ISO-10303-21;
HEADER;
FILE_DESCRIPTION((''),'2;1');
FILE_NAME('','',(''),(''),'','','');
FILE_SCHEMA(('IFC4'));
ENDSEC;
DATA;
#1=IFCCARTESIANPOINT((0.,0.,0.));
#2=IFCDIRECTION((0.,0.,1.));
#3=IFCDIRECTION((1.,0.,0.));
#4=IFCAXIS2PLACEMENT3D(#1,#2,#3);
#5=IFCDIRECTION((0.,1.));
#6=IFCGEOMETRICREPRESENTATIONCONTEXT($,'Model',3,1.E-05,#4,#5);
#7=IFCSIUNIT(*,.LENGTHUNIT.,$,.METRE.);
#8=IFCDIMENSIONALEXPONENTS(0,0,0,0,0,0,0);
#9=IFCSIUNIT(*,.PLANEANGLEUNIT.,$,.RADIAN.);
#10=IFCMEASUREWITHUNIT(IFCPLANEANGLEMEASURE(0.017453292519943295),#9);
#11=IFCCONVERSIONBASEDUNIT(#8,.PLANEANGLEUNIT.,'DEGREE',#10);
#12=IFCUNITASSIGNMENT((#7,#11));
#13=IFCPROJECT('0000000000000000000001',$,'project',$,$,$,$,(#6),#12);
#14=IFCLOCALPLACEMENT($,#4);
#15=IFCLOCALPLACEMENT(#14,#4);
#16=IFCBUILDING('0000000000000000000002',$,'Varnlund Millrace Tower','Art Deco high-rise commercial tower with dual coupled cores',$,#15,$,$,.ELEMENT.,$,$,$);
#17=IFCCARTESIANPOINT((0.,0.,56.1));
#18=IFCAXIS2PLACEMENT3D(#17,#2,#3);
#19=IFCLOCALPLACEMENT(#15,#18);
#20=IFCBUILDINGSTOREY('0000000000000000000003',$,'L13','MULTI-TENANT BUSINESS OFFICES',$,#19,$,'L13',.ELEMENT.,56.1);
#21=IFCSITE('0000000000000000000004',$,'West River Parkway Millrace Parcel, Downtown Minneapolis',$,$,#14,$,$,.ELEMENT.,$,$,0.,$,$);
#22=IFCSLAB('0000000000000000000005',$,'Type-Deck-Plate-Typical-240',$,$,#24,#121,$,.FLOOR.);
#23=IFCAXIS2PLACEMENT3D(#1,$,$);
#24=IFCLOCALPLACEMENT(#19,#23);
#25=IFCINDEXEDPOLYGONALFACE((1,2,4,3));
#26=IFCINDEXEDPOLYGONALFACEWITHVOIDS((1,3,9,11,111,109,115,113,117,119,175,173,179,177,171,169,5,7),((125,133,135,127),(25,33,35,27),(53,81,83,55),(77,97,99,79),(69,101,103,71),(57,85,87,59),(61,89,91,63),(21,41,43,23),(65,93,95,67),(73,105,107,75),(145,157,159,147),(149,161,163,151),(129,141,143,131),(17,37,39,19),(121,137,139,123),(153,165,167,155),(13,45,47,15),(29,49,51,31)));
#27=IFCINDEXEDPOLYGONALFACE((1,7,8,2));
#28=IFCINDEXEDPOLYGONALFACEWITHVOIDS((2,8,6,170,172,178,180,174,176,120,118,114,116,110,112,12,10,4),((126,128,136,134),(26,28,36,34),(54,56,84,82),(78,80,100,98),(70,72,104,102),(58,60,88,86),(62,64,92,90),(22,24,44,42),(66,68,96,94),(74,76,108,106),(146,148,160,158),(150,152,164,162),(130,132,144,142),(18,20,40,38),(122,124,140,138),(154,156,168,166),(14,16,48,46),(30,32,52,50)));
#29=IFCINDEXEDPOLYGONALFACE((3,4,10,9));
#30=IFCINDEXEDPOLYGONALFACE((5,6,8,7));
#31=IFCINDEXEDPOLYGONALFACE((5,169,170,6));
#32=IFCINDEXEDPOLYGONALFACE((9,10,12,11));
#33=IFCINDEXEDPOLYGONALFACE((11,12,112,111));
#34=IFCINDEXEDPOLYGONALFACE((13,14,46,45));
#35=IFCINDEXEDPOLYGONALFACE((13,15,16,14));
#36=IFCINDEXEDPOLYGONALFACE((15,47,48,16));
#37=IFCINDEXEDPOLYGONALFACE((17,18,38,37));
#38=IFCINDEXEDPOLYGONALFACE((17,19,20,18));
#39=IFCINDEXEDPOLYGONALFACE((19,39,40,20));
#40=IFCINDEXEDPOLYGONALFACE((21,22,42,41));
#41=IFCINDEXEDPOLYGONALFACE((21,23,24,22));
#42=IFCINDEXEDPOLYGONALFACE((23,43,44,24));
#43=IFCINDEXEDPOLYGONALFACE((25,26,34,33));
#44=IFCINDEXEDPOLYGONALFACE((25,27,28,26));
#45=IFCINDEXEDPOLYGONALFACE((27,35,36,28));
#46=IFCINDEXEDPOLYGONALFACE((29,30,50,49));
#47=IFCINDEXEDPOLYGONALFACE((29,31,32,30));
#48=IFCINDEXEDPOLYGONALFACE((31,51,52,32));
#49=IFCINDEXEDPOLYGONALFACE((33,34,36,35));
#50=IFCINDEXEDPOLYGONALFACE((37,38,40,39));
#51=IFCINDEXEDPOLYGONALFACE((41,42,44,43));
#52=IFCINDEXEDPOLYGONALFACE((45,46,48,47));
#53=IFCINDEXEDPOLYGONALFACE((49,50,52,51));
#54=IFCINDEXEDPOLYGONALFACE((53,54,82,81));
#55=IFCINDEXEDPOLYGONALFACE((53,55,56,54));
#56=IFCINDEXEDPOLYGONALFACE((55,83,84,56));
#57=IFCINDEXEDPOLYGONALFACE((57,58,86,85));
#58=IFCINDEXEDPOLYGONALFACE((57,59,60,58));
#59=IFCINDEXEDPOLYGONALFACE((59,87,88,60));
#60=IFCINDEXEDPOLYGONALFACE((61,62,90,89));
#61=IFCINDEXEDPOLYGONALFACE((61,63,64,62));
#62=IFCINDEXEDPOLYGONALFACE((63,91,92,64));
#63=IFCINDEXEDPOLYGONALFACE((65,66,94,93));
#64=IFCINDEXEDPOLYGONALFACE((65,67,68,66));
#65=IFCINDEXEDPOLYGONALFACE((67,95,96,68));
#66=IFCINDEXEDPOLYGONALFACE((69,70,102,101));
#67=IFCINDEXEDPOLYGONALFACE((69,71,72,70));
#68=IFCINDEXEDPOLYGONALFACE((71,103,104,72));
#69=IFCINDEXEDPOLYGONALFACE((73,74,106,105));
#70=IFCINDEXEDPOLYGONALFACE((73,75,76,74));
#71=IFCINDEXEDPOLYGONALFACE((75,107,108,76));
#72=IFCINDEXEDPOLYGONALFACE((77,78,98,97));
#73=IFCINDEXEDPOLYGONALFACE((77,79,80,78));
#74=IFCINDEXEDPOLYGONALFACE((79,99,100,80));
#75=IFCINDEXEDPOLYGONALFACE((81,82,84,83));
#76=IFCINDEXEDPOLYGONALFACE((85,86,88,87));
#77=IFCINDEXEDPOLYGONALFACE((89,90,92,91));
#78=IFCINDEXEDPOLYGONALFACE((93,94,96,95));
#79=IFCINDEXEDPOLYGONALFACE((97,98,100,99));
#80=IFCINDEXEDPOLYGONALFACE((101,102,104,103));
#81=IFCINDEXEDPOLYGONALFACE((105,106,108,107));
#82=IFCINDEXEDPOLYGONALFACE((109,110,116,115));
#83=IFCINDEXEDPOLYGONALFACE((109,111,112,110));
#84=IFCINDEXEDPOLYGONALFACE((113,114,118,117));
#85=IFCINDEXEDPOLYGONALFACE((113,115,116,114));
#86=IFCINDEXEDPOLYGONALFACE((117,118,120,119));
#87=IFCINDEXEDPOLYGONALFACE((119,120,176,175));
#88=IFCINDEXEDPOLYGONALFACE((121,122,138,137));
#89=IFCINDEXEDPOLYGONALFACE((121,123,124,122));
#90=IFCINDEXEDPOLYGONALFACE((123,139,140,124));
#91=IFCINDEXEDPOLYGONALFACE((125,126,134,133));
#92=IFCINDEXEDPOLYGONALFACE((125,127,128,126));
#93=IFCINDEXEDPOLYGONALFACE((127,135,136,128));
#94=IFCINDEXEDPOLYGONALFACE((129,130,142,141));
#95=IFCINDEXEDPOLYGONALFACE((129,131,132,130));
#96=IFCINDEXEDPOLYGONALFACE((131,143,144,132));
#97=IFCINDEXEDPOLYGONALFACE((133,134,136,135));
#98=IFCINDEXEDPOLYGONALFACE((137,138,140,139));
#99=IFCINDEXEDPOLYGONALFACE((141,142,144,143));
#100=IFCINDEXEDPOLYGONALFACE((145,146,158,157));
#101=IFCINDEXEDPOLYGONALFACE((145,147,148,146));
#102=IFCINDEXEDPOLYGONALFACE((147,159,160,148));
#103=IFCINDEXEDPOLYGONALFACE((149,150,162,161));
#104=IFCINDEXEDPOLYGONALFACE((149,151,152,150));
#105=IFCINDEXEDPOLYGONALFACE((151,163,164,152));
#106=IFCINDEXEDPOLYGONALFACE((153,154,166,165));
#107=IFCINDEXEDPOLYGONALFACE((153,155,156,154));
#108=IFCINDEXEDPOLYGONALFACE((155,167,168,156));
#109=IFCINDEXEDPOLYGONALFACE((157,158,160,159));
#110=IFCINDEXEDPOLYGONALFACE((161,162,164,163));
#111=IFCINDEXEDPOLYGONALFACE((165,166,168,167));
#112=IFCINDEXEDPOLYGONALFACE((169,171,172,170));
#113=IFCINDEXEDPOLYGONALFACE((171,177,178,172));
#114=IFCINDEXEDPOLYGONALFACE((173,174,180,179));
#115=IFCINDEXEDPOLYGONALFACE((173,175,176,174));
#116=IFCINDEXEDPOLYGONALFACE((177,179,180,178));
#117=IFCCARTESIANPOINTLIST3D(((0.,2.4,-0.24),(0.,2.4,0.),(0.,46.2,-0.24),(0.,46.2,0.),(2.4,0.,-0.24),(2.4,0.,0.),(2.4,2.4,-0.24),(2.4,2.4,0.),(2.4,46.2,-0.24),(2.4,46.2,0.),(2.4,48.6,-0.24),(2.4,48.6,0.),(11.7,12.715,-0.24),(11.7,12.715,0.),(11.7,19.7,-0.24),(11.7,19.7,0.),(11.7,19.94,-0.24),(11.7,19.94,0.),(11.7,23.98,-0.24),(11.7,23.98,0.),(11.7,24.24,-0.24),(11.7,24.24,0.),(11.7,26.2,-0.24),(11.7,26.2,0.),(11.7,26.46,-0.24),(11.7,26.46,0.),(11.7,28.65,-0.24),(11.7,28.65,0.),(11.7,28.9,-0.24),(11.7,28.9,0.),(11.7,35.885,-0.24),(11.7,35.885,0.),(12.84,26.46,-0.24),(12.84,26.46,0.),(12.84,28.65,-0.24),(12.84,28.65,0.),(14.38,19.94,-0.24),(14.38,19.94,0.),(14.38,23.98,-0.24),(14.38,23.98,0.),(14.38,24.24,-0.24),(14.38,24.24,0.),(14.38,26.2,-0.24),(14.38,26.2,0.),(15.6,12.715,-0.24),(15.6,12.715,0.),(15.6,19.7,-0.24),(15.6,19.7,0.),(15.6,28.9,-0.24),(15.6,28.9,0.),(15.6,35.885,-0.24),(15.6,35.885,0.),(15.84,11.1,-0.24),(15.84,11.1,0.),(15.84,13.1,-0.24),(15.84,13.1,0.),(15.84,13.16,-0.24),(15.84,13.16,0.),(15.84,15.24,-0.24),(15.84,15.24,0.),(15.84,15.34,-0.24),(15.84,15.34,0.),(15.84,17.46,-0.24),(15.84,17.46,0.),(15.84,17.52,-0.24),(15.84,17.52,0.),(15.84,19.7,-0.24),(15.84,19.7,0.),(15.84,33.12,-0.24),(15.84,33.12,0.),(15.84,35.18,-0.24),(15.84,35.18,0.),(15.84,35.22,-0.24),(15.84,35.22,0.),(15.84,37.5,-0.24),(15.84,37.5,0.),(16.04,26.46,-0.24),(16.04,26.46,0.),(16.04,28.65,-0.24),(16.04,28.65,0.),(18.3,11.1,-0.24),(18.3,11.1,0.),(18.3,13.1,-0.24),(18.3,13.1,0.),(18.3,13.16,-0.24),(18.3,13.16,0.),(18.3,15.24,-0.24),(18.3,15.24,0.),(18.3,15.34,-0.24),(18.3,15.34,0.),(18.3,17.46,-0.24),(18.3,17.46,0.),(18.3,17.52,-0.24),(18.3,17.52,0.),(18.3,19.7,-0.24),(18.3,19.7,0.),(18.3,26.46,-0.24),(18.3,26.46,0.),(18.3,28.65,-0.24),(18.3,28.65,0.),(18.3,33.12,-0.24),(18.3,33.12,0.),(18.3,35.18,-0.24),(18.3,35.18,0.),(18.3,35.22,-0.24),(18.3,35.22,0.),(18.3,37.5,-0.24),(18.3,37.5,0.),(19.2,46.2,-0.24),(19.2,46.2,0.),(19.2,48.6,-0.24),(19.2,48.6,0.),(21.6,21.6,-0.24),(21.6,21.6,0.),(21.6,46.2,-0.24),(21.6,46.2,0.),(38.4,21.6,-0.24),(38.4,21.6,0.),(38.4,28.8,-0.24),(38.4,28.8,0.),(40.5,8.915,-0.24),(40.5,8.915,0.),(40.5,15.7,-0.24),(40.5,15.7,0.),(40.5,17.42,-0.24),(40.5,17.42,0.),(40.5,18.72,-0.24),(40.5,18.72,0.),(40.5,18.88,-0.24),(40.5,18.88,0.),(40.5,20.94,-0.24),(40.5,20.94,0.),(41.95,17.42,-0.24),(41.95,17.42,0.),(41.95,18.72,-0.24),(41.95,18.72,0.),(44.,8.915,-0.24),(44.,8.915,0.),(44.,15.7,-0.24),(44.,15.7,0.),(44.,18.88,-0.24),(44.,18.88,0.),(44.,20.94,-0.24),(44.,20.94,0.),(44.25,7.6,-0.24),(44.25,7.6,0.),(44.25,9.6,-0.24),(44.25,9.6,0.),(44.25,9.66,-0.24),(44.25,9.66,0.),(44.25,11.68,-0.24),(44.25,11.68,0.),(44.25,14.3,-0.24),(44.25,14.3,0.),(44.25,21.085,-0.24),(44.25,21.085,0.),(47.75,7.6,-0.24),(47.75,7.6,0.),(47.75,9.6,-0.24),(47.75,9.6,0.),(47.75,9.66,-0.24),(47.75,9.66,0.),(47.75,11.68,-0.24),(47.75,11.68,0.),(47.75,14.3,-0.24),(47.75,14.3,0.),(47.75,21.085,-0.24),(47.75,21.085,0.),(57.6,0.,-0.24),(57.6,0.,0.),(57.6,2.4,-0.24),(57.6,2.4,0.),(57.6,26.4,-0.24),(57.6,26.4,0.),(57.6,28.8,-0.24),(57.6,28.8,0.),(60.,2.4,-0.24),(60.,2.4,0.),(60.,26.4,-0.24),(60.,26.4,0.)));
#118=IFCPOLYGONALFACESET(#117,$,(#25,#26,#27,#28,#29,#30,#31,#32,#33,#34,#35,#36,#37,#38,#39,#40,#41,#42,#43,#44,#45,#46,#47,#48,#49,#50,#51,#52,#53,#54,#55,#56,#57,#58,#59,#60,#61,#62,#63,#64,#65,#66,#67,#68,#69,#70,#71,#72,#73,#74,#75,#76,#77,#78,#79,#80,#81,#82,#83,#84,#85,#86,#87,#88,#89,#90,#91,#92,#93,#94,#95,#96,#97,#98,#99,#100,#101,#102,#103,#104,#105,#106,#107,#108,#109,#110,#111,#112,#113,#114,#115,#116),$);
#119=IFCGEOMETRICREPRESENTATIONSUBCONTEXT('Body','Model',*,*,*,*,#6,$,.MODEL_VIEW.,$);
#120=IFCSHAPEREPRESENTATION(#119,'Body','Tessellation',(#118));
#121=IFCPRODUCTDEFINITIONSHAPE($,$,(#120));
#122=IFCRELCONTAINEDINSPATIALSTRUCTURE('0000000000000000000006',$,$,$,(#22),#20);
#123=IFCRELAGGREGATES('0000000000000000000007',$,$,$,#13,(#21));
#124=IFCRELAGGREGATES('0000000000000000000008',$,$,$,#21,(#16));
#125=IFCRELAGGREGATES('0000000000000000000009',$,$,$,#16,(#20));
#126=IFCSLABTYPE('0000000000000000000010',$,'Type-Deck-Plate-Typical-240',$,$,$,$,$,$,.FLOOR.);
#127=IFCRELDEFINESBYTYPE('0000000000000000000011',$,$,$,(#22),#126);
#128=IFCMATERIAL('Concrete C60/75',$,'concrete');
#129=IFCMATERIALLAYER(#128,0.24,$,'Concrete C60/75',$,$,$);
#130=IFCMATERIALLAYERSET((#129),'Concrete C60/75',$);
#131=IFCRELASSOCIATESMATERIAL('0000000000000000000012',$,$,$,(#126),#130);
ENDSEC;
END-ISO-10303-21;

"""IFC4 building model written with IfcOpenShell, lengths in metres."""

from ifc_helpers import new_model, entity, si_unit, converted_unit, direction, frame, origin_with_axes, place, context, subcontext, project, spatial, polyline, outline, extrude, material, layer, layer_set, type_object, element, save


model = new_model("IFC4")

# Units and contexts
model_context = context("Model", 3, precision=1e-05, world=origin_with_axes(), true_north=direction((0.0, 1.0)))
body_context = subcontext(model_context, "Body", "Model", "MODEL_VIEW")
ifc_project = project(units=[si_unit("LENGTHUNIT", "METRE"), converted_unit("PLANEANGLEUNIT", "DEGREE", entity("IfcPlaneAngleMeasure", 0.017453292519943295), si_unit("PLANEANGLEUNIT", "RADIAN"), dimensions=[0, 0, 0, 0, 0, 0, 0])], contexts=[model_context])

# Site, building, storey
site_placement = place(None, origin_with_axes())
site = spatial("IfcSite", under=ifc_project, at=site_placement, Name="West River Parkway Millrace Parcel, Downtown Minneapolis", CompositionType="ELEMENT", RefElevation=0.0)
building_placement = place(site_placement, origin_with_axes())
building = spatial("IfcBuilding", under=site, at=building_placement, Name="Varnlund Millrace Tower", Description="Art Deco high-rise commercial tower with dual coupled cores", CompositionType="ELEMENT")
storey_placement = place(building_placement, frame((0.0, 0.0, 56.1), z_axis=(0.0, 0.0, 1.0), x_axis=(1.0, 0.0, 0.0)))
storey = spatial("IfcBuildingStorey", under=building, at=storey_placement, Name="L13", Description="MULTI-TENANT BUSINESS OFFICES", LongName="L13", CompositionType="ELEMENT", Elevation=56.1)

# Slab
ifc_material_1 = material(Name="Concrete C60/75", Category="concrete")
ifc_layer_1 = layer(ifc_material_1, 0.24, Name="Concrete C60/75")
ifc_layer_set_1 = layer_set([ifc_layer_1], Name="Concrete C60/75")
slab_type = type_object("IfcSlabType", Name="Type-Deck-Plate-Typical-240", PredefinedType="FLOOR", material=ifc_layer_set_1)
slab_placement = place(storey_placement, frame((0.0, 0.0, -0.24), z_axis=(0.0, 0.0, 1.0), x_axis=(1.0, 0.0, 0.0)))
element("IfcSlab", 1, at=slab_placement, inside=storey, type_object=slab_type, Name="Type-Deck-Plate-Typical-240", PredefinedType="FLOOR", context=body_context, shape_type="SweptSolid", body=[
    extrude(outline(polyline([(21.6, 21.6), (21.6, 46.2), (19.2, 46.2), (19.2, 48.6), (2.4, 48.6), (2.4, 46.2), (0.0, 46.2), (0.0, 2.4), (2.4, 2.4), (2.4, 0.0), (57.6, 0.0), (57.6, 2.4), (60.0, 2.4), (60.0, 26.4), (57.6, 26.4), (57.6, 28.8), (38.4, 28.8), (38.4, 21.6), (21.6, 21.6)]), holes=[polyline([(18.3, 11.1), (15.84, 11.1), (15.84, 13.1), (18.3, 13.1), (18.3, 11.1)]), polyline([(18.3, 13.16), (15.84, 13.16), (15.84, 15.24), (18.3, 15.24), (18.3, 13.16)]), polyline([(15.6, 12.715), (11.7, 12.715), (11.7, 19.7), (15.6, 19.7), (15.6, 12.715)]), polyline([(18.3, 15.34), (15.84, 15.34), (15.84, 17.46), (18.3, 17.46), (18.3, 15.34)]), polyline([(18.3, 17.52), (15.84, 17.52), (15.84, 19.7), (18.3, 19.7), (18.3, 17.52)]), polyline([(14.38, 23.98), (14.38, 19.94), (11.7, 19.94), (11.7, 23.98), (14.38, 23.98)]), polyline([(11.7, 24.24), (11.7, 26.2), (14.38, 26.2), (14.38, 24.24), (11.7, 24.24)]), polyline([(11.7, 26.46), (11.7, 28.65), (12.84, 28.65), (12.84, 26.46), (11.7, 26.46)]), polyline([(15.6, 28.9), (11.7, 28.9), (11.7, 35.885), (15.6, 35.885), (15.6, 28.9)]), polyline([(47.75, 7.6), (44.25, 7.6), (44.25, 9.6), (47.75, 9.6), (47.75, 7.6)]), polyline([(47.75, 9.66), (44.25, 9.66), (44.25, 11.68), (47.75, 11.68), (47.75, 9.66)]), polyline([(40.5, 8.915), (40.5, 15.7), (44.0, 15.7), (44.0, 8.915), (40.5, 8.915)]), polyline([(44.25, 14.3), (44.25, 21.085), (47.75, 21.085), (47.75, 14.3), (44.25, 14.3)]), polyline([(41.95, 17.42), (40.5, 17.42), (40.5, 18.72), (41.95, 18.72), (41.95, 17.42)]), polyline([(44.0, 18.88), (40.5, 18.88), (40.5, 20.94), (44.0, 20.94), (44.0, 18.88)]), polyline([(18.3, 26.46), (16.04, 26.46), (16.04, 28.65), (18.3, 28.65), (18.3, 26.46)]), polyline([(15.84, 33.12), (15.84, 35.18), (18.3, 35.18), (18.3, 33.12), (15.84, 33.12)]), polyline([(15.84, 35.22), (15.84, 37.5), (18.3, 37.5), (18.3, 35.22), (15.84, 35.22)])]), origin_with_axes(), (0.0, 0.0, 1.0), 0.24),
])

save(model, "model.ifc")
